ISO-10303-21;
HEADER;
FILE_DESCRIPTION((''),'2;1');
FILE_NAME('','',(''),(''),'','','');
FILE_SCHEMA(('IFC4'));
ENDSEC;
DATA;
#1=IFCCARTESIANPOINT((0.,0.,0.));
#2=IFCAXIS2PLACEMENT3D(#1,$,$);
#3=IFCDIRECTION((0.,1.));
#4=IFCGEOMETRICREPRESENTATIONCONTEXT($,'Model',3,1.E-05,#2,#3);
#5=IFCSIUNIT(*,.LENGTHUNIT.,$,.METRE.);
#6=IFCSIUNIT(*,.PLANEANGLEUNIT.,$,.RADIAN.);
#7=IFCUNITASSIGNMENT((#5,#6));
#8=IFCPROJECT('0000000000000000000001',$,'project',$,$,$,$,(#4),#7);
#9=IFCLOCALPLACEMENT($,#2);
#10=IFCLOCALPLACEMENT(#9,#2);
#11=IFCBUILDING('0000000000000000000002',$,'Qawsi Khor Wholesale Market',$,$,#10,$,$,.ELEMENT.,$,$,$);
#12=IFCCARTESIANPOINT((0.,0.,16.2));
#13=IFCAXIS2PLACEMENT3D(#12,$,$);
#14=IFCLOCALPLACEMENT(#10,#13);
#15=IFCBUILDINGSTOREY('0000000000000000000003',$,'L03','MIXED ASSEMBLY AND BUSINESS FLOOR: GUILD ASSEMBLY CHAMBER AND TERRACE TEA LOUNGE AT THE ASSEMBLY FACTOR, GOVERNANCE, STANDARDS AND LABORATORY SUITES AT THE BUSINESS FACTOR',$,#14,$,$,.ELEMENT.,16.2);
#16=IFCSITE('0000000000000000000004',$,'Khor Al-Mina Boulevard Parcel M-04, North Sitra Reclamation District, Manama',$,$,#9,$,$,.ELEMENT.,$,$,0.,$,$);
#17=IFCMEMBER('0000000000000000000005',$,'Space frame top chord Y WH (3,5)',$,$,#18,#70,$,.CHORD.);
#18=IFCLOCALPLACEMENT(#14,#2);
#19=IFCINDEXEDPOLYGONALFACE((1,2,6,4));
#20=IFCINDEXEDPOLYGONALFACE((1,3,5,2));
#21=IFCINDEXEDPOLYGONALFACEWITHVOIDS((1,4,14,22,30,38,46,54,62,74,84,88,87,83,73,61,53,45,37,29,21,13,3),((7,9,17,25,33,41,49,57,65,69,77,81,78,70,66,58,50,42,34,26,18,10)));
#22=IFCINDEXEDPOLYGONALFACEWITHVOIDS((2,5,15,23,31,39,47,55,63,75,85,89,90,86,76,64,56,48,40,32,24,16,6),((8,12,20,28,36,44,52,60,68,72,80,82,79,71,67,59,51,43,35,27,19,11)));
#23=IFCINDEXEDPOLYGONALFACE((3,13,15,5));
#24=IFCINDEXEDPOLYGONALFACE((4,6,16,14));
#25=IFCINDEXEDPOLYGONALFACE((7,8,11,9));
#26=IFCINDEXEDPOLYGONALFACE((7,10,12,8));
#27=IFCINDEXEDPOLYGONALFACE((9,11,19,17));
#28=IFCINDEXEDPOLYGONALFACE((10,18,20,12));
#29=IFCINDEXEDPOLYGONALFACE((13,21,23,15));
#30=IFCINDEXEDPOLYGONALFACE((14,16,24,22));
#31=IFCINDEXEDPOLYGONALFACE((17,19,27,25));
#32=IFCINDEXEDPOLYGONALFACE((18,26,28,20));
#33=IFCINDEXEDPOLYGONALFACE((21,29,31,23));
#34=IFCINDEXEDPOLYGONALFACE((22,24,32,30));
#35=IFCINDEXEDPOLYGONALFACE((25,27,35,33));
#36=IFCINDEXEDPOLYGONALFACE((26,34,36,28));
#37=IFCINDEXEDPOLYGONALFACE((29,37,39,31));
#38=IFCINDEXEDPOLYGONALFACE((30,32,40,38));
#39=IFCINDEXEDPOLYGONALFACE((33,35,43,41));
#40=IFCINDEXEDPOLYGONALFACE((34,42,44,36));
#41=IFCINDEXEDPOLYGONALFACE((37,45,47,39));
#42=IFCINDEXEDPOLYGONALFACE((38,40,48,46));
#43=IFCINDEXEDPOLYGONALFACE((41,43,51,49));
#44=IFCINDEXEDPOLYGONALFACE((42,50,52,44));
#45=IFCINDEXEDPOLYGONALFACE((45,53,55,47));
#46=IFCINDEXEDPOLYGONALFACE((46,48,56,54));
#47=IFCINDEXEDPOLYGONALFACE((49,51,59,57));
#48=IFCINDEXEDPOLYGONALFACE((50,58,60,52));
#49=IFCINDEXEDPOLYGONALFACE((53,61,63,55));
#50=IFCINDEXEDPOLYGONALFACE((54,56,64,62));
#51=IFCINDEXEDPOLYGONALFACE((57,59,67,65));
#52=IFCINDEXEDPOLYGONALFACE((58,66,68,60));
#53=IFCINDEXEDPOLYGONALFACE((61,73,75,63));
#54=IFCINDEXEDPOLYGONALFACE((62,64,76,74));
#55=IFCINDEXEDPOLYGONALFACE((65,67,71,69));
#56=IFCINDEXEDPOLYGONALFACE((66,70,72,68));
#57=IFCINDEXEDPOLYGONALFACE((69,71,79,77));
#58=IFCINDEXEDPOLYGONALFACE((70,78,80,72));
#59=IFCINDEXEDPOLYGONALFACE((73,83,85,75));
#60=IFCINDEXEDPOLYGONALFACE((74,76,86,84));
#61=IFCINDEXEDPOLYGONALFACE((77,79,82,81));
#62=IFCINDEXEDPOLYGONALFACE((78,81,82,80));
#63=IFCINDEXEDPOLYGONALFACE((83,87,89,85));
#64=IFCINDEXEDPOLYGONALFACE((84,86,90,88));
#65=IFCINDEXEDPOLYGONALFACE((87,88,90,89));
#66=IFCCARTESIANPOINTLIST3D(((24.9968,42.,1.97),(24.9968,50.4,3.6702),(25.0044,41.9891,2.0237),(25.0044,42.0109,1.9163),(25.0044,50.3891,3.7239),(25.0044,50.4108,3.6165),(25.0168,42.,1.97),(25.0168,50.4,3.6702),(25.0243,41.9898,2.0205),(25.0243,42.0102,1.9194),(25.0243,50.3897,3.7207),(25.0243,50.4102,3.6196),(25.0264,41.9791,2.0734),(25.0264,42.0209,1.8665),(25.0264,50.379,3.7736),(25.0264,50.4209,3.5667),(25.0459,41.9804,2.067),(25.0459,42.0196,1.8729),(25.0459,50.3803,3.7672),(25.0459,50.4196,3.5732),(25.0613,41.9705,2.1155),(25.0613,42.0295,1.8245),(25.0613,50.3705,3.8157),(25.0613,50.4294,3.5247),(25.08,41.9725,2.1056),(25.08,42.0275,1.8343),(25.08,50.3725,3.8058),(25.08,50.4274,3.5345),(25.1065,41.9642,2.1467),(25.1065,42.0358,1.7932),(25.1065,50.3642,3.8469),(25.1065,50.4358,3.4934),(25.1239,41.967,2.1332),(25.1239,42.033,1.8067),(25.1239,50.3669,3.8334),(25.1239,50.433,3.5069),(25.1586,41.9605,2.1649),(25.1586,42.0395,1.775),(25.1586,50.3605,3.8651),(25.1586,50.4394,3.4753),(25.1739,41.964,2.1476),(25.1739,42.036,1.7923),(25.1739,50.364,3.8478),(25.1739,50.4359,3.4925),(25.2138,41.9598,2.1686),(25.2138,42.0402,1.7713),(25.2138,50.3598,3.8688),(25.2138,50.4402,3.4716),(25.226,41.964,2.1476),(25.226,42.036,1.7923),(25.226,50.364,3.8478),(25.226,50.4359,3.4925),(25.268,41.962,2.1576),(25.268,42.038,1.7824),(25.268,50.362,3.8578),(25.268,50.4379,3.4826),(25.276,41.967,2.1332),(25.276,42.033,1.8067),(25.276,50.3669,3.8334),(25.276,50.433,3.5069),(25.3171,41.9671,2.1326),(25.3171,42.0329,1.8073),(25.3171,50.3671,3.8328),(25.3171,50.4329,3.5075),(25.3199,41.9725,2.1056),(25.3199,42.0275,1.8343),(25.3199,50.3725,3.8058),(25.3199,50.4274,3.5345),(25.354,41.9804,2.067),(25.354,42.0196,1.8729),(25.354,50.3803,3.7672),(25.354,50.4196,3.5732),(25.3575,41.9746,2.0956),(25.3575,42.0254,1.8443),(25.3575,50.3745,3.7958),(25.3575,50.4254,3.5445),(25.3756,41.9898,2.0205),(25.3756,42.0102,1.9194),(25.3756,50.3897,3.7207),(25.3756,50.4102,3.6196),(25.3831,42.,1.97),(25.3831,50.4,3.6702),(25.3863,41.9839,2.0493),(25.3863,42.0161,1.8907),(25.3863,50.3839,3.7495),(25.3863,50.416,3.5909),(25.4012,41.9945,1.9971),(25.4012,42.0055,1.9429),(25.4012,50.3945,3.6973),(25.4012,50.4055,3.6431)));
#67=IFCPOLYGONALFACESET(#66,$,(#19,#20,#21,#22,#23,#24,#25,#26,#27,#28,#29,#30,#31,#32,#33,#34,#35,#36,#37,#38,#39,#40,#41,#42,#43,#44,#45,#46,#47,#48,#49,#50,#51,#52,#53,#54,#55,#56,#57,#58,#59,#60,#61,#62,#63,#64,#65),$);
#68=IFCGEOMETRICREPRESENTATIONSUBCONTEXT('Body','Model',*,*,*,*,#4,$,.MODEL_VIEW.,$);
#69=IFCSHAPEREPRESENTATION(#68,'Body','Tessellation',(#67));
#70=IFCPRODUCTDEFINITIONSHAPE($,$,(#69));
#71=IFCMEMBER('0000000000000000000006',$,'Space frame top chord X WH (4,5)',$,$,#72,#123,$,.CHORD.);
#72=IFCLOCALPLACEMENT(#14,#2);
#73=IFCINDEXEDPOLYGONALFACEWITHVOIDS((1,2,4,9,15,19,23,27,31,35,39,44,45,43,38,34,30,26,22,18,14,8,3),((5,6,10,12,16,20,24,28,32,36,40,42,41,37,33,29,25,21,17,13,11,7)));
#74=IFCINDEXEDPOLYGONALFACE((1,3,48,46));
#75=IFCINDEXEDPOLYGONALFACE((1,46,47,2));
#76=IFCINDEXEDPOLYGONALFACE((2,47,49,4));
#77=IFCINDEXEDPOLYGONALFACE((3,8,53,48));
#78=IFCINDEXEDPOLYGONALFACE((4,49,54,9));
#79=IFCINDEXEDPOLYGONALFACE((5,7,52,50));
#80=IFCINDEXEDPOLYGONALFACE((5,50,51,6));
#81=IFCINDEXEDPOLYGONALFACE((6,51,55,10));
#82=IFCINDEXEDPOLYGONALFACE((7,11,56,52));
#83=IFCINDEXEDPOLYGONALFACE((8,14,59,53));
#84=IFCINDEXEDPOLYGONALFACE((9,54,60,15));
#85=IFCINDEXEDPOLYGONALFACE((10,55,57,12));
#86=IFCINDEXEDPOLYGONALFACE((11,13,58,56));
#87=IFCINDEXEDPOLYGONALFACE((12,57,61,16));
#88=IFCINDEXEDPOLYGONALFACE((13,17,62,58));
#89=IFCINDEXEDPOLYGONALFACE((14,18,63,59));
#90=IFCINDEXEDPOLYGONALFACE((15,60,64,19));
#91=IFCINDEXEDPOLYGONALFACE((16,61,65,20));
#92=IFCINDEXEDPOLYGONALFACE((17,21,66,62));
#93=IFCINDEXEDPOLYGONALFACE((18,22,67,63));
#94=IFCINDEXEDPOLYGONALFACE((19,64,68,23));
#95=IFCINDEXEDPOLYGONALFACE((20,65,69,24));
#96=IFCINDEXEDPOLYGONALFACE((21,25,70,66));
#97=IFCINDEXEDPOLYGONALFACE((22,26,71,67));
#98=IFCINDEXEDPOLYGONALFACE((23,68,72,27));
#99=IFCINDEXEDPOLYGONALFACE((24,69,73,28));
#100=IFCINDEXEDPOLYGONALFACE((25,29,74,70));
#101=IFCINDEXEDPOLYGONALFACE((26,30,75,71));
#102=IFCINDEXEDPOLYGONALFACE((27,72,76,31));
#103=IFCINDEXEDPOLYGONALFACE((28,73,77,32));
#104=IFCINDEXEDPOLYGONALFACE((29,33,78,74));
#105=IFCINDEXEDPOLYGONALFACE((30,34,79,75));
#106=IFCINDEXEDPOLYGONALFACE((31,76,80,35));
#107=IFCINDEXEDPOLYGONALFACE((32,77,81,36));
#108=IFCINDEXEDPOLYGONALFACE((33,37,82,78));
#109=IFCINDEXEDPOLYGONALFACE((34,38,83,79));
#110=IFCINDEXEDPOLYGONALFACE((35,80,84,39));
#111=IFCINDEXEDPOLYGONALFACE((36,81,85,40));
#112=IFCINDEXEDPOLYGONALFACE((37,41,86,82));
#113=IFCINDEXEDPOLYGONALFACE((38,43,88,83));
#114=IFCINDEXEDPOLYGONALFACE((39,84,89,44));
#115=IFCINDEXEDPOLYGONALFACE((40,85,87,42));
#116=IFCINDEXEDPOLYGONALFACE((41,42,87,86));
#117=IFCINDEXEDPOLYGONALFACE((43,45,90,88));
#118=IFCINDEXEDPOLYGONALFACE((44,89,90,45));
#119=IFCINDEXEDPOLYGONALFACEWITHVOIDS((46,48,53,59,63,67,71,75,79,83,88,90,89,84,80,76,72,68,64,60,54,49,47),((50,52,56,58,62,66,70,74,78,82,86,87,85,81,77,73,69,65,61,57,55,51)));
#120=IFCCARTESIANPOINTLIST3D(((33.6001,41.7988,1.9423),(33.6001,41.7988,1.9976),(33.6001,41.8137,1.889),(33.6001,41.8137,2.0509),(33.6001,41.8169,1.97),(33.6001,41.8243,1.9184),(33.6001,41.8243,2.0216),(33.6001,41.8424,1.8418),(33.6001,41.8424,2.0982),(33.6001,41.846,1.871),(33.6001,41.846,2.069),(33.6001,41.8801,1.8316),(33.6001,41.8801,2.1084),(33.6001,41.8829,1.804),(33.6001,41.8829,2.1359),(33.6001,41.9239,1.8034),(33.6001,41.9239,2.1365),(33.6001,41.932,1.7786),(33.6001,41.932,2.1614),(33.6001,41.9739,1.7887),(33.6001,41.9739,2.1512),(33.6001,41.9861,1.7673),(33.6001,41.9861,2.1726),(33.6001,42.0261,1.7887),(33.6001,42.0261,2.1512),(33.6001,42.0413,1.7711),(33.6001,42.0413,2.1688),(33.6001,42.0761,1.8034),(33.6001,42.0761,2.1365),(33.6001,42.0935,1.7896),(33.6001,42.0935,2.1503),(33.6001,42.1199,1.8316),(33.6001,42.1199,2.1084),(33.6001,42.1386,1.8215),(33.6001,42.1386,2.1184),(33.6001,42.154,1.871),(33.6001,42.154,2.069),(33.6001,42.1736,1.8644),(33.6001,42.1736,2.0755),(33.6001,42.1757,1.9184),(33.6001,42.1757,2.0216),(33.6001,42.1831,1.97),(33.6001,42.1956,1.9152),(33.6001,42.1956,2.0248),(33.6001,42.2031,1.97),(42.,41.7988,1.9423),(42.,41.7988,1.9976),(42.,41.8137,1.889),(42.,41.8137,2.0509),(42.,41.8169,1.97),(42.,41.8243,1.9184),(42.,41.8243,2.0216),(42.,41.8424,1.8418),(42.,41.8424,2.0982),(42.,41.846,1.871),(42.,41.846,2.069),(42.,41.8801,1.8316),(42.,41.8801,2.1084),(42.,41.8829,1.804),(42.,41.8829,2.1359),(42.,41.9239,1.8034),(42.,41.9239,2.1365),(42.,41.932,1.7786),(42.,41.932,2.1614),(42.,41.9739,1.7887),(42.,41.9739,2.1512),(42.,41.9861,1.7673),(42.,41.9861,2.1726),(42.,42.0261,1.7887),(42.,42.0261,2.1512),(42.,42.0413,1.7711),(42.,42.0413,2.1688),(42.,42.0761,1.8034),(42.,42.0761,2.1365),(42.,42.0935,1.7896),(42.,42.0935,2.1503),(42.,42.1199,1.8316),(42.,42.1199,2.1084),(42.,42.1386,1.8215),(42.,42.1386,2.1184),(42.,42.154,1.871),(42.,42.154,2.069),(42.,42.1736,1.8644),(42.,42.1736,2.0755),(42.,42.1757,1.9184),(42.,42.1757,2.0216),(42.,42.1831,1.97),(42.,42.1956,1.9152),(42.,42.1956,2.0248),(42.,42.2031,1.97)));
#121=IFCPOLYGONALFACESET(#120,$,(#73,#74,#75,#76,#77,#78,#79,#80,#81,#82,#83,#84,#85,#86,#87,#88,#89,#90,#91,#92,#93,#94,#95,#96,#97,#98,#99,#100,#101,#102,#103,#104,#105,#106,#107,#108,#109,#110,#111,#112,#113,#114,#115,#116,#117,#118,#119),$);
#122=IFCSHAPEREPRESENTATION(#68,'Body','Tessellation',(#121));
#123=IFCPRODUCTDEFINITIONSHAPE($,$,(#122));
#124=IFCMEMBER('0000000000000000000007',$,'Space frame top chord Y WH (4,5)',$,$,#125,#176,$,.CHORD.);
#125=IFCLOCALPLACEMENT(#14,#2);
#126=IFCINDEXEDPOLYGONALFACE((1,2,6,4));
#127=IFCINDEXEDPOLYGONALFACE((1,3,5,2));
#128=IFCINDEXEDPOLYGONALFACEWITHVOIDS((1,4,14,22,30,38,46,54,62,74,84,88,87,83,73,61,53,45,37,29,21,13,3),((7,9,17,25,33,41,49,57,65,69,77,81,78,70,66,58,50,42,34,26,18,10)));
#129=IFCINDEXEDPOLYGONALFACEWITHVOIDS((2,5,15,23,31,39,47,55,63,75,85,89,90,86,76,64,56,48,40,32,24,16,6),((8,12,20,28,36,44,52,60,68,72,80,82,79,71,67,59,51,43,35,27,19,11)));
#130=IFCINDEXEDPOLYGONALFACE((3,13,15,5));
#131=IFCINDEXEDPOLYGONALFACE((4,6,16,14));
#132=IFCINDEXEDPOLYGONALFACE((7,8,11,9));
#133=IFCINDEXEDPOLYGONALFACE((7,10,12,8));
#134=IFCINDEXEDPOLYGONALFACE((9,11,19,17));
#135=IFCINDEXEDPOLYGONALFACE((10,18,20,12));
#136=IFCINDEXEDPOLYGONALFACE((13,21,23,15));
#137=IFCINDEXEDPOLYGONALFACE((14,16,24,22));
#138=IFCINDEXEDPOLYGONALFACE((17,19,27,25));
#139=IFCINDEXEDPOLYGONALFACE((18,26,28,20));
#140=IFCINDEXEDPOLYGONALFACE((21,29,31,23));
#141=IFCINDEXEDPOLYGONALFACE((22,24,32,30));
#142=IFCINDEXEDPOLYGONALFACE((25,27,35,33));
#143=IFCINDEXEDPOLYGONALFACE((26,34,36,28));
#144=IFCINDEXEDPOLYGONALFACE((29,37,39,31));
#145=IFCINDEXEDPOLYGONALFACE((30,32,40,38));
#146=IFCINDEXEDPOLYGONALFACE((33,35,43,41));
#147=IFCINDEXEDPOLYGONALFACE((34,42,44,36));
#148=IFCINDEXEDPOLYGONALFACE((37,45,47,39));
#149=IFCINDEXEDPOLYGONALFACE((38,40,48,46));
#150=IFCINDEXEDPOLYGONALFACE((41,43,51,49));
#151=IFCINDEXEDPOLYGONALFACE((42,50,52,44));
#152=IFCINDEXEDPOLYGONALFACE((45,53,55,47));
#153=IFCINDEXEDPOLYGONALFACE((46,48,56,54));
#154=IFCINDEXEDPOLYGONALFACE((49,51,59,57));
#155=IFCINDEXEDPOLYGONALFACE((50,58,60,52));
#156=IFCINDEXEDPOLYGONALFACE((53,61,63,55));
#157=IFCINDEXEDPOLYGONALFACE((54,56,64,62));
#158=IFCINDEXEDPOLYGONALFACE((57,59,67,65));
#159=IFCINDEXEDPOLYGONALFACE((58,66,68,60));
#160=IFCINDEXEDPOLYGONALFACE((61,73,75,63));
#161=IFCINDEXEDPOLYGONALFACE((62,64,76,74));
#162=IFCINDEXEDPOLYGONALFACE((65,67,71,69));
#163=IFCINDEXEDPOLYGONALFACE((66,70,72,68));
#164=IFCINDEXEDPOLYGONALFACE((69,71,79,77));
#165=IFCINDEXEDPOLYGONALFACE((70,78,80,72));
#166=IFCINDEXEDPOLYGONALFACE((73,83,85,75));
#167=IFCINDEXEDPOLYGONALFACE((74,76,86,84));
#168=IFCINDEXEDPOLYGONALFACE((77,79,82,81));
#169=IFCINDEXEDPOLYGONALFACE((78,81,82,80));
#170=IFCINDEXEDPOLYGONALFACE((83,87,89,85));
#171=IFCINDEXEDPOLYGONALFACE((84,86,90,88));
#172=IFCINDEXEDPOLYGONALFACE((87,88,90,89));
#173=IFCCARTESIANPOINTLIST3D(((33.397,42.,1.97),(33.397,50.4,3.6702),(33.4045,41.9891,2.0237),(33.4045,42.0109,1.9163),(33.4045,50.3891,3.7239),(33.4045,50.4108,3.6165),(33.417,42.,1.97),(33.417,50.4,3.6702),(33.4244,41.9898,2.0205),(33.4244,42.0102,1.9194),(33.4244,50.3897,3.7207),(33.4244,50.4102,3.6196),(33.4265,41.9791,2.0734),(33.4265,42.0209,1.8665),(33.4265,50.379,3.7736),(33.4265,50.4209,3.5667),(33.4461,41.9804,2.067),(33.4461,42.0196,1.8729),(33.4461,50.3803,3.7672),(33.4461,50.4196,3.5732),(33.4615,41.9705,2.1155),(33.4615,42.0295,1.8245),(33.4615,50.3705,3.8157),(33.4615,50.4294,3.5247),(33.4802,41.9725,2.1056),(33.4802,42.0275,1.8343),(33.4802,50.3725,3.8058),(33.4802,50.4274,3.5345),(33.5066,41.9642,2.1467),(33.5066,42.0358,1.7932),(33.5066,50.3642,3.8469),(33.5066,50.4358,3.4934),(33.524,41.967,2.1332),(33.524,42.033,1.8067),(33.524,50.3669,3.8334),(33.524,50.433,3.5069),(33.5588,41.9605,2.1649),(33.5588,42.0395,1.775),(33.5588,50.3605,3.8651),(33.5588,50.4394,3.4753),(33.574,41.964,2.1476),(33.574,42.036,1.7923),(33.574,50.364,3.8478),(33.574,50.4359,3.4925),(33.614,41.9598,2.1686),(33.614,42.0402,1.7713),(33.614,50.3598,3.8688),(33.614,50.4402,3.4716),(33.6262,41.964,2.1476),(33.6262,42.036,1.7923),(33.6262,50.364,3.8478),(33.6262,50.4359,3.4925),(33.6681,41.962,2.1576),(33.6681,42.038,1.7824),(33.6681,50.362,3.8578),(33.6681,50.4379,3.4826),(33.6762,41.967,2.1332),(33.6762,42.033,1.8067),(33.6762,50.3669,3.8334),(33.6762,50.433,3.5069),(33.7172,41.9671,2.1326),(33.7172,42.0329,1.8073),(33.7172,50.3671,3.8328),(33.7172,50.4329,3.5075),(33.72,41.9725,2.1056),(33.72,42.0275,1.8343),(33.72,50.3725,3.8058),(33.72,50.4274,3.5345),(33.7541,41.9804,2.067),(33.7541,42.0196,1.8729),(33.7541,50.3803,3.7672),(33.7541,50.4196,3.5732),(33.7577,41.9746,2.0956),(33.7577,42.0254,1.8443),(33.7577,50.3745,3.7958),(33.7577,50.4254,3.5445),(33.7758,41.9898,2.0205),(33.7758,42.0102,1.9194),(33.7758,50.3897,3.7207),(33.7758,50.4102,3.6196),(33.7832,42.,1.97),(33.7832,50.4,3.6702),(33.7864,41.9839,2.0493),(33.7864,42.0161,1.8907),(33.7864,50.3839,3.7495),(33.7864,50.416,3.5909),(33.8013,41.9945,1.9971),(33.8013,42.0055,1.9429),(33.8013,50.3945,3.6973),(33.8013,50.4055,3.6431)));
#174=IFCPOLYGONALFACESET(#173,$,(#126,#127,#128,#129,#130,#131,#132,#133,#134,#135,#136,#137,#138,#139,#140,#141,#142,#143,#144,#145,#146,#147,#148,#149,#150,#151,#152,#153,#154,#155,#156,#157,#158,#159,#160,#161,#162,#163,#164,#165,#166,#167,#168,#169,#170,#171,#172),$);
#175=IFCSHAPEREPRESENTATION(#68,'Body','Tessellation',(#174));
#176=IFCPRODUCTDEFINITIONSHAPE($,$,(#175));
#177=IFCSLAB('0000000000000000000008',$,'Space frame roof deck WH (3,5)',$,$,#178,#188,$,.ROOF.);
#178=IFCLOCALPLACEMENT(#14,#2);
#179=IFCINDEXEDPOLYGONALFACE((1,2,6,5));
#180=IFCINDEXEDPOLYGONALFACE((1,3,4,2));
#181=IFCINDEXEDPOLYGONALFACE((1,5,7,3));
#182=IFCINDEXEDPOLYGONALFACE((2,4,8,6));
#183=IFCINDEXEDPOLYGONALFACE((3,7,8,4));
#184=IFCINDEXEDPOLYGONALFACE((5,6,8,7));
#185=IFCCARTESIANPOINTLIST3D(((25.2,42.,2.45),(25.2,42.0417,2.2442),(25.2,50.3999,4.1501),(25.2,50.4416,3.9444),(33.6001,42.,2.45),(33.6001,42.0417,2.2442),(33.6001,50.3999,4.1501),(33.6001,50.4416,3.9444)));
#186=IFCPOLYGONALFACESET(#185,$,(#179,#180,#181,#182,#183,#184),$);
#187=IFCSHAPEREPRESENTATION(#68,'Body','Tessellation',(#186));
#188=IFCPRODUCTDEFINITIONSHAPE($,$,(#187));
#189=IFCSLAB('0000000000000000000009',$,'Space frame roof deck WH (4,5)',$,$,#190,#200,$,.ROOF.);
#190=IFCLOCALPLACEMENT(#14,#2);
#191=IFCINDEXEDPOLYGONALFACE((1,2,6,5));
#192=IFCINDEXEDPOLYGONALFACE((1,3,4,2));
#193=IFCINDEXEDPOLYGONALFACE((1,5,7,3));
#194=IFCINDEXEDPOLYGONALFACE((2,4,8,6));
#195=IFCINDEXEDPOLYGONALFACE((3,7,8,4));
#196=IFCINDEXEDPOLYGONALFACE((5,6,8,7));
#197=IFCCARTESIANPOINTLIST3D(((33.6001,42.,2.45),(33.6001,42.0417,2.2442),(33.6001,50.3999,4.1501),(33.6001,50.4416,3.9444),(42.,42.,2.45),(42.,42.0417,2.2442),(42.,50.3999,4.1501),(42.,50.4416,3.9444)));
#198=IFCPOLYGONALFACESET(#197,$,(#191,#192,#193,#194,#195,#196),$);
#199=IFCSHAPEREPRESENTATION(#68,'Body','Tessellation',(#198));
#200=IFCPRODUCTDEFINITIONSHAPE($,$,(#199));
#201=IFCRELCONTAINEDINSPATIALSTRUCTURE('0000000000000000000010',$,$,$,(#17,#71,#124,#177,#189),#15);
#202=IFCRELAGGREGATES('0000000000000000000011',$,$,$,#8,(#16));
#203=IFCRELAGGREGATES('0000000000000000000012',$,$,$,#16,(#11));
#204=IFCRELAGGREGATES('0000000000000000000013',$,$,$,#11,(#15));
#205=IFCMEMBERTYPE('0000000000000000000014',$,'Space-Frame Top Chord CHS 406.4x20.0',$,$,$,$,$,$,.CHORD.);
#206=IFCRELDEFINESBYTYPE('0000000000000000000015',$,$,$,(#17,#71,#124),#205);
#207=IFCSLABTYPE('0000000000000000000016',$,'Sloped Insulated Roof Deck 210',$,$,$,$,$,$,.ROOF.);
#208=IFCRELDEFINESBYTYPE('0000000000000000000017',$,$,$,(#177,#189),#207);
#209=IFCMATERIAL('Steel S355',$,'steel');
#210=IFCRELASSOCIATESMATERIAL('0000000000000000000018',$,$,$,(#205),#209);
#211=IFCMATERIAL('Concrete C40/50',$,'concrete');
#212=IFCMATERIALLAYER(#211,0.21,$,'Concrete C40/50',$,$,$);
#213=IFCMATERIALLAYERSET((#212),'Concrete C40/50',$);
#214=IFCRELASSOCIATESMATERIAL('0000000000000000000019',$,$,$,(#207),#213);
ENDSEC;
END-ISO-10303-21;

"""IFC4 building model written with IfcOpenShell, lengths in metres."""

from ifc_helpers import new_model, si_unit, direction, frame, origin, origin_2d, place, context, subcontext, project, spatial, polyline, hollow_circle, outline, extrude, material, layer, layer_set, material_profile, profile_set, type_object, element, save


model = new_model("IFC4")

# Units and contexts
model_context = context("Model", 3, precision=1e-05, world=origin(), true_north=direction((0.0, 1.0)))
body_context = subcontext(model_context, "Body", "Model", "MODEL_VIEW")
ifc_project = project(units=[si_unit("LENGTHUNIT", "METRE"), si_unit("PLANEANGLEUNIT", "RADIAN")], contexts=[model_context])

# Site, building, storey
site_placement = place(None, origin())
site = spatial("IfcSite", under=ifc_project, at=site_placement, Name="Khor Al-Mina Boulevard Parcel M-04, North Sitra Reclamation District, Manama", CompositionType="ELEMENT", RefElevation=0.0)
building_placement = place(site_placement, origin())
building = spatial("IfcBuilding", under=site, at=building_placement, Name="Qawsi Khor Wholesale Market", CompositionType="ELEMENT")
storey_placement = place(building_placement, frame((0.0, 0.0, 16.2)))
storey = spatial("IfcBuildingStorey", under=building, at=storey_placement, Name="L03", Description="MIXED ASSEMBLY AND BUSINESS FLOOR: GUILD ASSEMBLY CHAMBER AND TERRACE TEA LOUNGE AT THE ASSEMBLY FACTOR, GOVERNANCE, STANDARDS AND LABORATORY SUITES AT THE BUSINESS FACTOR", CompositionType="ELEMENT", Elevation=16.2)

# Shared definitions
ifc_material_1 = material(Name="Concrete C40/50", Category="concrete")

# Members
ifc_material_2 = material(Name="Steel S355", Category="steel")
ifc_material_profile_1 = material_profile(ifc_material_2, hollow_circle(Radius=0.2031, WallThickness=0.02, at=origin_2d()), Name="CHS 406.4x20.0")
ifc_profile_set_1 = profile_set([ifc_material_profile_1], Name="Steel S355")
member_type_1 = type_object("IfcMemberType", Name="Space-Frame Top Chord CHS 406.4x20.0", PredefinedType="CHORD", material=ifc_profile_set_1)
member_1_placement = place(storey_placement, frame((25.2, 42.0, 1.97), z_axis=(0.0, 0.980124, 0.198384), x_axis=(-1.0, 0.0, 0.0)))
element("IfcMember", 1, at=member_1_placement, inside=storey, type_object=member_type_1, Name="Space frame top chord Y WH (3,5)", PredefinedType="CHORD", context=body_context, shape_type="SweptSolid", body=[
    extrude(hollow_circle(Radius=0.2031, WallThickness=0.02, at=origin_2d()), origin(), (0.0, 0.0, 1.0), 8.5703),
])
member_2_placement = place(storey_placement, frame((33.6001, 42.0, 1.97), z_axis=(1.0, 0.0, 0.0), x_axis=(0.0, 1.0, 0.0)))
element("IfcMember", 2, at=member_2_placement, inside=storey, type_object=member_type_1, Name="Space frame top chord X WH (4,5)", PredefinedType="CHORD", context=body_context, shape_type="SweptSolid", body=[
    extrude(hollow_circle(Radius=0.2031, WallThickness=0.02, at=origin_2d()), origin(), (0.0, 0.0, 1.0), 8.3999),
])
member_3_placement = place(storey_placement, frame((33.6001, 42.0, 1.97), z_axis=(0.0, 0.980124, 0.198384), x_axis=(-1.0, 0.0, 0.0)))
element("IfcMember", 3, at=member_3_placement, inside=storey, type_object=member_type_1, Name="Space frame top chord Y WH (4,5)", PredefinedType="CHORD", context=body_context, shape_type="SweptSolid", body=[
    extrude(hollow_circle(Radius=0.2031, WallThickness=0.02, at=origin_2d()), origin(), (0.0, 0.0, 1.0), 8.5703),
])

# Slabs
ifc_layer_1 = layer(ifc_material_1, 0.21, Name="Concrete C40/50")
ifc_layer_set_1 = layer_set([ifc_layer_1], Name="Concrete C40/50")
slab_type = type_object("IfcSlabType", Name="Sloped Insulated Roof Deck 210", PredefinedType="ROOF", material=ifc_layer_set_1)
slab_1_placement = place(storey_placement, frame((25.2, 42.0, 2.45), z_axis=(0.0, -0.198384, 0.980124), x_axis=(1.0, 0.0, 0.0)))
element("IfcSlab", 4, at=slab_1_placement, inside=storey, type_object=slab_type, Name="Space frame roof deck WH (3,5)", PredefinedType="ROOF", context=body_context, shape_type="SweptSolid", body=[
    extrude(outline(polyline([(0.0, 0.0), (8.4001, 0.0), (8.4001, 8.5702), (0.0, 8.5702), (0.0, 0.0)])), origin(), (0.0, 0.0, -1.0), 0.21),
])
slab_2_placement = place(storey_placement, frame((33.6001, 42.0, 2.45), z_axis=(0.0, -0.198384, 0.980124), x_axis=(1.0, 0.0, 0.0)))
element("IfcSlab", 5, at=slab_2_placement, inside=storey, type_object=slab_type, Name="Space frame roof deck WH (4,5)", PredefinedType="ROOF", context=body_context, shape_type="SweptSolid", body=[
    extrude(outline(polyline([(0.0, 0.0), (8.3999, 0.0), (8.3999, 8.5702), (0.0, 8.5702), (0.0, 0.0)])), origin(), (0.0, 0.0, -1.0), 0.21),
])

save(model, "model.ifc")
